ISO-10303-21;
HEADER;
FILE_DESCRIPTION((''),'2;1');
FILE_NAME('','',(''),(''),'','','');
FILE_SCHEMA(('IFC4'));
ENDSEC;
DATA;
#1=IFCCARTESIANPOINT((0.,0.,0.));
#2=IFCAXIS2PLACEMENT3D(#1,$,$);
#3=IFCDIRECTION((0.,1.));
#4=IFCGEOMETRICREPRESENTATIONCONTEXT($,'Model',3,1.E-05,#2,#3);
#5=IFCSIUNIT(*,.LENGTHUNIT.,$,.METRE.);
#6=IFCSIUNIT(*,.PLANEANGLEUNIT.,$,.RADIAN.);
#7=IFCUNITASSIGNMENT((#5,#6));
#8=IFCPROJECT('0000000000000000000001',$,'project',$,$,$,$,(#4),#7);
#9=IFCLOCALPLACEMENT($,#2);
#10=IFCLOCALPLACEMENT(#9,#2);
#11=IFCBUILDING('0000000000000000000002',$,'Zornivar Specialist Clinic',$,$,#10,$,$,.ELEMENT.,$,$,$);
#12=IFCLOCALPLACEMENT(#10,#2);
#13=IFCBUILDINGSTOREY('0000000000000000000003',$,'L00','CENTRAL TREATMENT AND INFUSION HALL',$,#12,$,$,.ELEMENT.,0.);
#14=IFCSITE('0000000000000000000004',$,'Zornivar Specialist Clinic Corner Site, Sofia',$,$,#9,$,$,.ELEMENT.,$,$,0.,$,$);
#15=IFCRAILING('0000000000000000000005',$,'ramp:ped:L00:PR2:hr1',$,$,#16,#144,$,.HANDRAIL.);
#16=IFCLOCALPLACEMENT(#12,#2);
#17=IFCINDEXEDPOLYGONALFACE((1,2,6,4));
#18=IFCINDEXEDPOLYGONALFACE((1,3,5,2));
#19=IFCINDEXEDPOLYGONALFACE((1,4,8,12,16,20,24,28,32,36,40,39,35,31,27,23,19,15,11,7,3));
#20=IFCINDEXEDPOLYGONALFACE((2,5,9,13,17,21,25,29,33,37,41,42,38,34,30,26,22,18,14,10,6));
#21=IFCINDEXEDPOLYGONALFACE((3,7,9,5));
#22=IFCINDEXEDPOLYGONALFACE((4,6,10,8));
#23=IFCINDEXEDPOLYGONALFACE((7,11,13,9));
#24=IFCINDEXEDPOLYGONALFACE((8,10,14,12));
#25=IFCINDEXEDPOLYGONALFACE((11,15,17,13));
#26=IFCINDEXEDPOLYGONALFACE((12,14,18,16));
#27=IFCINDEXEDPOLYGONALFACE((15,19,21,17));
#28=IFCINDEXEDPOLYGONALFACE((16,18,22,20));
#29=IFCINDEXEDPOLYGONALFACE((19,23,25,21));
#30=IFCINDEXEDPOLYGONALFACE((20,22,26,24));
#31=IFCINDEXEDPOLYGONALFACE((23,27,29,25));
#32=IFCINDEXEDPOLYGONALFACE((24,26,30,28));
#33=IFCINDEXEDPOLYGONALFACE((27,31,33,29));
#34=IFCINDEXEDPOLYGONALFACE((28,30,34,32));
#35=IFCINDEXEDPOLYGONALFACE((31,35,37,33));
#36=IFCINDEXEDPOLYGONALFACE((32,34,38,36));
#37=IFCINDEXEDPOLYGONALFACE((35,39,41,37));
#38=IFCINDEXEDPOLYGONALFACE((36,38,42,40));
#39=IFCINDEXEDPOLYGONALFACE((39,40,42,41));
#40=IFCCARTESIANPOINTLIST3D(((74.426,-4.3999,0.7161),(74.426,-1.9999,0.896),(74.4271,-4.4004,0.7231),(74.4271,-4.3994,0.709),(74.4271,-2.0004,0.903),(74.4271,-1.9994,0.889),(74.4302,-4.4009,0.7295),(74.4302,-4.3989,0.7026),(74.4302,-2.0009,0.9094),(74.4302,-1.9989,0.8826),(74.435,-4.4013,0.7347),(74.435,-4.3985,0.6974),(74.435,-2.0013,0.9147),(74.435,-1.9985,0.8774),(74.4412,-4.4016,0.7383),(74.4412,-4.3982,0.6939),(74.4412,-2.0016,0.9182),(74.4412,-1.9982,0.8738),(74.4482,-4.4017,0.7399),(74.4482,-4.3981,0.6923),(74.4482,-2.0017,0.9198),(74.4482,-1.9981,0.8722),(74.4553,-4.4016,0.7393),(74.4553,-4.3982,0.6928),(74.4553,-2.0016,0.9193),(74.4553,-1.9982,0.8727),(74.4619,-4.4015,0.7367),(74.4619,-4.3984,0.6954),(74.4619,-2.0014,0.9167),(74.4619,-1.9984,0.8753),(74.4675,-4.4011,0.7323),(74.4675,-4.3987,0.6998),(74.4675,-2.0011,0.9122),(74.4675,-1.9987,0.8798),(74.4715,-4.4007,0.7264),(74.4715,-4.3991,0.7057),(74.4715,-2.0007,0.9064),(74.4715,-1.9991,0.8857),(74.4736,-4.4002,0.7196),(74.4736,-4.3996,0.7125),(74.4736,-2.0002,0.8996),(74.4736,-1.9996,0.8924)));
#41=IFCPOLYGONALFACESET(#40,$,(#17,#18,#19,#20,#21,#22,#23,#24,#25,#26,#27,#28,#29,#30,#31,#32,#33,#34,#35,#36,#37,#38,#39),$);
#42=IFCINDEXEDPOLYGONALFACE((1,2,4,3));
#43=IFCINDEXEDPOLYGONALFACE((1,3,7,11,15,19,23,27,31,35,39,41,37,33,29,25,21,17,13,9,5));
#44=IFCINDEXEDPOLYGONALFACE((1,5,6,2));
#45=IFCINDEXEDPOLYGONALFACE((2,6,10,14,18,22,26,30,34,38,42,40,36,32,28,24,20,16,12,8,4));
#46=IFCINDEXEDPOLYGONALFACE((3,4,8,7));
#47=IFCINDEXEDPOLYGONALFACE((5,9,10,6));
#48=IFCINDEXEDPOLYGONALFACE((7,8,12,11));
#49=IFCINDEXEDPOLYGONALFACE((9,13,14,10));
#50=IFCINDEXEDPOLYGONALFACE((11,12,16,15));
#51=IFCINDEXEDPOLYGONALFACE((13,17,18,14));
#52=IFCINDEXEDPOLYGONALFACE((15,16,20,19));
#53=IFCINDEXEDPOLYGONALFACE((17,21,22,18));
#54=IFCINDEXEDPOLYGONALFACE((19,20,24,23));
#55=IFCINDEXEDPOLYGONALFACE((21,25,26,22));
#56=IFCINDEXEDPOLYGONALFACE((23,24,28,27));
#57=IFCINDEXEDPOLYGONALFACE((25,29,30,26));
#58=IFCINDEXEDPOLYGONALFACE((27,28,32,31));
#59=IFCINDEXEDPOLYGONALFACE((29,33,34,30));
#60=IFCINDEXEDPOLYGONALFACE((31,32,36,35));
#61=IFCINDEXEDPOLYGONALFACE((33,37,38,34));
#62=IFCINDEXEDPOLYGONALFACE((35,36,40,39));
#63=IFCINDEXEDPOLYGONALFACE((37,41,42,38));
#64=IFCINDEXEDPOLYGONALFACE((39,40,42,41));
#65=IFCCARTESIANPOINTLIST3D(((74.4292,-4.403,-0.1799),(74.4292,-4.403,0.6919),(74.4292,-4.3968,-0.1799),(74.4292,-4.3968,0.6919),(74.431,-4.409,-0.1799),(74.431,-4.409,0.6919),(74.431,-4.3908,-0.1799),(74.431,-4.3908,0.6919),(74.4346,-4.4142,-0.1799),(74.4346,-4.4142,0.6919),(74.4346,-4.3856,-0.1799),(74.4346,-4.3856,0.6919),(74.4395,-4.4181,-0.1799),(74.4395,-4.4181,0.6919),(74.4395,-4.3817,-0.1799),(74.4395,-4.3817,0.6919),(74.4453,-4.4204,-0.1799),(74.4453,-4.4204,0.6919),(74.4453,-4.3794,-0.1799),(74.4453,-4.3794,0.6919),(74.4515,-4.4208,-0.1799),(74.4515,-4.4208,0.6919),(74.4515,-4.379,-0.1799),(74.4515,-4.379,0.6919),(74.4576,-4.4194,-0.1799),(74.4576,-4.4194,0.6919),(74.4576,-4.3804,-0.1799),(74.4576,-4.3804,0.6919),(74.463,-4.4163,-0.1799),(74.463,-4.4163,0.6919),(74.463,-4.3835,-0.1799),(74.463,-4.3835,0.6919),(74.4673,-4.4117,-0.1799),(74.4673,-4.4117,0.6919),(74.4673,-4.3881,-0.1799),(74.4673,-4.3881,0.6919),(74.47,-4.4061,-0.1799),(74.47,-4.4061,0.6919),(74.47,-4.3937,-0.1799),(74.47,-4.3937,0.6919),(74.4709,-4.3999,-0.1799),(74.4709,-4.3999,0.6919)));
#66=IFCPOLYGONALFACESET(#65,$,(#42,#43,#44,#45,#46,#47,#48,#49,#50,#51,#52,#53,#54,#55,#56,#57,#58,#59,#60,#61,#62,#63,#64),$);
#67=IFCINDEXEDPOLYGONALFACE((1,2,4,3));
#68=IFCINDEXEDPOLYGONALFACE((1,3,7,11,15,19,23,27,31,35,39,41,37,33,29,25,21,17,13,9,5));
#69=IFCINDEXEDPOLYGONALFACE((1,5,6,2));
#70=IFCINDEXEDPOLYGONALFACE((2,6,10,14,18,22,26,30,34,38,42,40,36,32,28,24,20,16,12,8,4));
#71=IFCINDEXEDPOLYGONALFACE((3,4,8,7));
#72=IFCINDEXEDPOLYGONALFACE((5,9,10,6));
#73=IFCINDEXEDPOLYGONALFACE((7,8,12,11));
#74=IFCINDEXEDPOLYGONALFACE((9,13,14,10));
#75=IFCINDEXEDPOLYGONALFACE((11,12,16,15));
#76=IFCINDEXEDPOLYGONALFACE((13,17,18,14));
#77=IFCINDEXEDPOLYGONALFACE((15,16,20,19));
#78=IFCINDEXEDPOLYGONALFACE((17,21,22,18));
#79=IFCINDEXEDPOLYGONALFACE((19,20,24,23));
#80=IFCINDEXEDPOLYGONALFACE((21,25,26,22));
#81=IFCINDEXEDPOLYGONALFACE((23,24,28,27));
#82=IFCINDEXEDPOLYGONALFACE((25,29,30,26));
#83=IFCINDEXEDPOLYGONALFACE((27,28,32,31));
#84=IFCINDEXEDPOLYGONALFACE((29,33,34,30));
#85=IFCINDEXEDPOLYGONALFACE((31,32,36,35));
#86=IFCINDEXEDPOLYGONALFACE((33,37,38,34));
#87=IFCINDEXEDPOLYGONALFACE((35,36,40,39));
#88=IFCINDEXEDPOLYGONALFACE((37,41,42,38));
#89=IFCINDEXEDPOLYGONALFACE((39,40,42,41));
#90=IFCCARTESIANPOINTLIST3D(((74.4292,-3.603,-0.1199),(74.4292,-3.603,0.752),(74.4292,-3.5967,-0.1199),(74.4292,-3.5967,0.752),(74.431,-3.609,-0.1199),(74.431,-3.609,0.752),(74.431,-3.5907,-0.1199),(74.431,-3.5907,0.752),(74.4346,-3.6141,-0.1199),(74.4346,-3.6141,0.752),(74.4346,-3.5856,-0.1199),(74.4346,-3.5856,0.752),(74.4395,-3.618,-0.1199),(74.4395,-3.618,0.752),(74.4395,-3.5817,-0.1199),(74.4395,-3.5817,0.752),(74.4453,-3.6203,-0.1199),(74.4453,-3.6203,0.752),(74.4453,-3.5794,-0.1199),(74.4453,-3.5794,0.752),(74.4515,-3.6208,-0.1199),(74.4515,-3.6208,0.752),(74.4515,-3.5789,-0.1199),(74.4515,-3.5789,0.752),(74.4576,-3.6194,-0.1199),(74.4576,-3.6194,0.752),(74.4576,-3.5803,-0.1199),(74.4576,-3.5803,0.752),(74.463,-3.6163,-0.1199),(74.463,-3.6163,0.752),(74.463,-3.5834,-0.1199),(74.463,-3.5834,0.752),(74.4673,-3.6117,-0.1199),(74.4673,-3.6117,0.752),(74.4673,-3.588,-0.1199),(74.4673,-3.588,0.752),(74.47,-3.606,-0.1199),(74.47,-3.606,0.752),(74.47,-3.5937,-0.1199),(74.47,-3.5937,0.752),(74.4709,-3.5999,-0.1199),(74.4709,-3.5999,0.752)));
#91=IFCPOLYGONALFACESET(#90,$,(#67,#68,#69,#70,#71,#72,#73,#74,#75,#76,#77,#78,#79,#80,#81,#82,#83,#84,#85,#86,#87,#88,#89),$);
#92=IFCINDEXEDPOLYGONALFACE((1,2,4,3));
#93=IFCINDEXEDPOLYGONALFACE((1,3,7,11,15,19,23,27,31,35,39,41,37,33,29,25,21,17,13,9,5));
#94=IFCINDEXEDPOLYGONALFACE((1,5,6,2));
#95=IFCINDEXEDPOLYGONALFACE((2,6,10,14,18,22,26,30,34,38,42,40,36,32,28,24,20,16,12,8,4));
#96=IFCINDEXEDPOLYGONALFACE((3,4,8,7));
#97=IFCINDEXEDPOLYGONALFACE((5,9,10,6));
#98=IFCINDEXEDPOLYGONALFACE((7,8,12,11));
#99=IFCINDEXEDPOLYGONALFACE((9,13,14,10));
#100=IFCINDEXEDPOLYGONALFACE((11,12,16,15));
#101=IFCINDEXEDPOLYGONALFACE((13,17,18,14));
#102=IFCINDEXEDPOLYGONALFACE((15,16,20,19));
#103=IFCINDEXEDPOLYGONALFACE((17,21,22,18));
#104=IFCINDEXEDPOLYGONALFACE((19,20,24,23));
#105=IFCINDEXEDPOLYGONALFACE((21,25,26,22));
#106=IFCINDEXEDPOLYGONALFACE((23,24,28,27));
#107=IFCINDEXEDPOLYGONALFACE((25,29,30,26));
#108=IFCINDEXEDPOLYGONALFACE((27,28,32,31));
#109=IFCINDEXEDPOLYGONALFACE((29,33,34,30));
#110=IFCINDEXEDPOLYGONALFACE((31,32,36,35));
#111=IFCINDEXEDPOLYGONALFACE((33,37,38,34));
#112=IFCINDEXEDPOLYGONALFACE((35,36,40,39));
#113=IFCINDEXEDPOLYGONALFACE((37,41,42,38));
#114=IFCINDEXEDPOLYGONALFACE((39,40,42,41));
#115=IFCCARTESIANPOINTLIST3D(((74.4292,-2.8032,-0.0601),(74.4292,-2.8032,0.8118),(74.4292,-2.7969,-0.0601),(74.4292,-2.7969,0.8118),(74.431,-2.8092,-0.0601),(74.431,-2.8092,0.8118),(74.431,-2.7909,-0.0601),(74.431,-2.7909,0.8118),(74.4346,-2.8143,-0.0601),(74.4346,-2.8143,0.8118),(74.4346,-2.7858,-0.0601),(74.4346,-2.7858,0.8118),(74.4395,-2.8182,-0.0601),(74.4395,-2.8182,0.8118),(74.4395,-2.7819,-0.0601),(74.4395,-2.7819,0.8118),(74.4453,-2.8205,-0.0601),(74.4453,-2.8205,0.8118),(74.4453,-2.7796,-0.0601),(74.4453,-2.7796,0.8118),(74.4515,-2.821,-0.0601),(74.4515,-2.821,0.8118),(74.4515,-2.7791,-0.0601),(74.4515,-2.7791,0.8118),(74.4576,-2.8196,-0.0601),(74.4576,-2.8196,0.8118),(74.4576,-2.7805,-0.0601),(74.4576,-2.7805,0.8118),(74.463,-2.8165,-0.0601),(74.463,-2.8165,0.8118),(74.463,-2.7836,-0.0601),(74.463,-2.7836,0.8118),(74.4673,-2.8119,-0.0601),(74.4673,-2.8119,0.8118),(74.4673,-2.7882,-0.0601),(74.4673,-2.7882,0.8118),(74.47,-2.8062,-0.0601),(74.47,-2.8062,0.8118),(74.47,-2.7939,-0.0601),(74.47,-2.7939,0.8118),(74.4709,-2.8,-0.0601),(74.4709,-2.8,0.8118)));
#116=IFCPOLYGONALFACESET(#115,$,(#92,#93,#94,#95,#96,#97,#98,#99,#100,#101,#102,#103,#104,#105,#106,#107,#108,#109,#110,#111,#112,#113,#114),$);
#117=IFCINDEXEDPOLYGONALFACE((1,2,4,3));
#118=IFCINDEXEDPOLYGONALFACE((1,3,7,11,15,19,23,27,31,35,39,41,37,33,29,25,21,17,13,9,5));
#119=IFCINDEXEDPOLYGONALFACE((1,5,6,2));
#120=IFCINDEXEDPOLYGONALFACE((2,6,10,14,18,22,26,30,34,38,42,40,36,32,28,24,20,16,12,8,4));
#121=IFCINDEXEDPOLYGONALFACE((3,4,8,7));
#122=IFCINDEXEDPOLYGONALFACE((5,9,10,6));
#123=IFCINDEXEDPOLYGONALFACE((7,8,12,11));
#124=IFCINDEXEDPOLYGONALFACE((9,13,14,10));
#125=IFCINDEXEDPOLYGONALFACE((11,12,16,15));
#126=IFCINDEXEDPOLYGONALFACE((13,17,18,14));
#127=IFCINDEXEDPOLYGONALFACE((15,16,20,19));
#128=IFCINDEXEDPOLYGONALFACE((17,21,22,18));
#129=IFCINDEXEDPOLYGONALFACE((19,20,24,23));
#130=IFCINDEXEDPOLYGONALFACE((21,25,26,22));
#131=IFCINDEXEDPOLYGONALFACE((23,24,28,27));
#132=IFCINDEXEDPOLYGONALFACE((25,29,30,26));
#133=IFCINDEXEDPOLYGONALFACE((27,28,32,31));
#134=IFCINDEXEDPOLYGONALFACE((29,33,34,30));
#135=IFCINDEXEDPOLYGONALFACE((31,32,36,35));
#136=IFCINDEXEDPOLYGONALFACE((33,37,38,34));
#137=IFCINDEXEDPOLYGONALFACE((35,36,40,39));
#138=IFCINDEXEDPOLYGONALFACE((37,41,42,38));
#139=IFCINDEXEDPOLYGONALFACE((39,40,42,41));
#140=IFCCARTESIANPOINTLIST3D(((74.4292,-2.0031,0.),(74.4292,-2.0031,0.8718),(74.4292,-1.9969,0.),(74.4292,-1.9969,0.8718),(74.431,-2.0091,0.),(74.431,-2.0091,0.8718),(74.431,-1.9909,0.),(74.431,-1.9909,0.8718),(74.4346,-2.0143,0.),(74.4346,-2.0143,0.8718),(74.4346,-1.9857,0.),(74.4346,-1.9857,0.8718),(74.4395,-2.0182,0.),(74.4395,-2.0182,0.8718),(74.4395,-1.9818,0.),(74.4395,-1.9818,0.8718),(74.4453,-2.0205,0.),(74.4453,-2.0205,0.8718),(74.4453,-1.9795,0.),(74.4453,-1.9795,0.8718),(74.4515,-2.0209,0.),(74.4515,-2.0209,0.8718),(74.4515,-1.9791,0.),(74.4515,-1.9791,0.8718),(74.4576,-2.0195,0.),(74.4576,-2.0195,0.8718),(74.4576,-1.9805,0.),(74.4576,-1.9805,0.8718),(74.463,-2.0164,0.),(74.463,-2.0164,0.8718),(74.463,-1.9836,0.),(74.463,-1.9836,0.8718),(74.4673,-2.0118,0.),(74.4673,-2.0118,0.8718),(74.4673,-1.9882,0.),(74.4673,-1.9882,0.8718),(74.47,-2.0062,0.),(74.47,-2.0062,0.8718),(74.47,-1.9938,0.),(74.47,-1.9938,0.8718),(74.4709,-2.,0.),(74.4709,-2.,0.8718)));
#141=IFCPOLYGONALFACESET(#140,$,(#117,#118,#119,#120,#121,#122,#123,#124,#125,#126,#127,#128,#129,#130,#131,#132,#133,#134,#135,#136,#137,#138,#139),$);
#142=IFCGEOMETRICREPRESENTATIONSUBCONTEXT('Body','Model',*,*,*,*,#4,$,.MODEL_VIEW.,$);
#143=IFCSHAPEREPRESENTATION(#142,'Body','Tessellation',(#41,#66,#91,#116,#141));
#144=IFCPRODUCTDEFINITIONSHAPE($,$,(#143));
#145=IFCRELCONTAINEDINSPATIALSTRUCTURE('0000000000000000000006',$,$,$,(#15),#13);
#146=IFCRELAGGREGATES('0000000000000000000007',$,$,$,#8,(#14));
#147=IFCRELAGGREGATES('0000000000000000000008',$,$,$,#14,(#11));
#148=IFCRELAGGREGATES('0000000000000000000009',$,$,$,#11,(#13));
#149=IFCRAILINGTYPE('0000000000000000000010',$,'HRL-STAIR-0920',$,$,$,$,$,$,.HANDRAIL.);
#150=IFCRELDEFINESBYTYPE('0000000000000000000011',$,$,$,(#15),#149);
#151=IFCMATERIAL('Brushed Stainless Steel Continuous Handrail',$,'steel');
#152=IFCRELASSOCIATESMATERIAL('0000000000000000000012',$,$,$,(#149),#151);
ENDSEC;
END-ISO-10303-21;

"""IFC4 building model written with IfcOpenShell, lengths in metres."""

from ifc_helpers import new_model, si_unit, direction, frame, origin, origin_2d, place, context, subcontext, project, spatial, circle, extrude, material, type_object, element, save


model = new_model("IFC4")

# Units and contexts
model_context = context("Model", 3, precision=1e-05, world=origin(), true_north=direction((0.0, 1.0)))
body_context = subcontext(model_context, "Body", "Model", "MODEL_VIEW")
ifc_project = project(units=[si_unit("LENGTHUNIT", "METRE"), si_unit("PLANEANGLEUNIT", "RADIAN")], contexts=[model_context])

# Site, building, storey
site_placement = place(None, origin())
site = spatial("IfcSite", under=ifc_project, at=site_placement, Name="Zornivar Specialist Clinic Corner Site, Sofia", CompositionType="ELEMENT", RefElevation=0.0)
building_placement = place(site_placement, origin())
building = spatial("IfcBuilding", under=site, at=building_placement, Name="Zornivar Specialist Clinic", CompositionType="ELEMENT")
storey_placement = place(building_placement, origin())
storey = spatial("IfcBuildingStorey", under=building, at=storey_placement, Name="L00", Description="CENTRAL TREATMENT AND INFUSION HALL", CompositionType="ELEMENT", Elevation=0.0)

# Railing
ifc_material_1 = material(Name="Brushed Stainless Steel Continuous Handrail", Category="steel")
railing_type = type_object("IfcRailingType", Name="HRL-STAIR-0920", PredefinedType="HANDRAIL", material=ifc_material_1)
for number, where, name in (
    (1, (74.45, -4.3999, -0.1799), "ramp:ped:L00:PR2:hr1"),
):
    element("IfcRailing", number, at=place(storey_placement, frame(where)), inside=storey, type_object=railing_type, Name=name, PredefinedType="HANDRAIL", context=body_context, shape_type="SweptSolid", body=[
        extrude(circle(Radius=0.0239, at=origin_2d()), frame((0.0, 0.0, 0.896), z_axis=(0.0, 0.997201, 0.074765), x_axis=(-1.0, 0.0, 0.0)), (0.0, 0.0, 1.0), 2.4067),
        extrude(circle(Radius=0.021, at=origin_2d()), origin(), (0.0, 0.0, 1.0), 0.8718),
        extrude(circle(Radius=0.021, at=origin_2d()), frame((0.0, 0.8, 0.0601)), (0.0, 0.0, 1.0), 0.8718),
        extrude(circle(Radius=0.021, at=origin_2d()), frame((0.0, 1.5999, 0.1199)), (0.0, 0.0, 1.0), 0.8718),
        extrude(circle(Radius=0.021, at=origin_2d()), frame((0.0, 2.3999, 0.1799)), (0.0, 0.0, 1.0), 0.8718),
    ])

save(model, "model.ifc")
